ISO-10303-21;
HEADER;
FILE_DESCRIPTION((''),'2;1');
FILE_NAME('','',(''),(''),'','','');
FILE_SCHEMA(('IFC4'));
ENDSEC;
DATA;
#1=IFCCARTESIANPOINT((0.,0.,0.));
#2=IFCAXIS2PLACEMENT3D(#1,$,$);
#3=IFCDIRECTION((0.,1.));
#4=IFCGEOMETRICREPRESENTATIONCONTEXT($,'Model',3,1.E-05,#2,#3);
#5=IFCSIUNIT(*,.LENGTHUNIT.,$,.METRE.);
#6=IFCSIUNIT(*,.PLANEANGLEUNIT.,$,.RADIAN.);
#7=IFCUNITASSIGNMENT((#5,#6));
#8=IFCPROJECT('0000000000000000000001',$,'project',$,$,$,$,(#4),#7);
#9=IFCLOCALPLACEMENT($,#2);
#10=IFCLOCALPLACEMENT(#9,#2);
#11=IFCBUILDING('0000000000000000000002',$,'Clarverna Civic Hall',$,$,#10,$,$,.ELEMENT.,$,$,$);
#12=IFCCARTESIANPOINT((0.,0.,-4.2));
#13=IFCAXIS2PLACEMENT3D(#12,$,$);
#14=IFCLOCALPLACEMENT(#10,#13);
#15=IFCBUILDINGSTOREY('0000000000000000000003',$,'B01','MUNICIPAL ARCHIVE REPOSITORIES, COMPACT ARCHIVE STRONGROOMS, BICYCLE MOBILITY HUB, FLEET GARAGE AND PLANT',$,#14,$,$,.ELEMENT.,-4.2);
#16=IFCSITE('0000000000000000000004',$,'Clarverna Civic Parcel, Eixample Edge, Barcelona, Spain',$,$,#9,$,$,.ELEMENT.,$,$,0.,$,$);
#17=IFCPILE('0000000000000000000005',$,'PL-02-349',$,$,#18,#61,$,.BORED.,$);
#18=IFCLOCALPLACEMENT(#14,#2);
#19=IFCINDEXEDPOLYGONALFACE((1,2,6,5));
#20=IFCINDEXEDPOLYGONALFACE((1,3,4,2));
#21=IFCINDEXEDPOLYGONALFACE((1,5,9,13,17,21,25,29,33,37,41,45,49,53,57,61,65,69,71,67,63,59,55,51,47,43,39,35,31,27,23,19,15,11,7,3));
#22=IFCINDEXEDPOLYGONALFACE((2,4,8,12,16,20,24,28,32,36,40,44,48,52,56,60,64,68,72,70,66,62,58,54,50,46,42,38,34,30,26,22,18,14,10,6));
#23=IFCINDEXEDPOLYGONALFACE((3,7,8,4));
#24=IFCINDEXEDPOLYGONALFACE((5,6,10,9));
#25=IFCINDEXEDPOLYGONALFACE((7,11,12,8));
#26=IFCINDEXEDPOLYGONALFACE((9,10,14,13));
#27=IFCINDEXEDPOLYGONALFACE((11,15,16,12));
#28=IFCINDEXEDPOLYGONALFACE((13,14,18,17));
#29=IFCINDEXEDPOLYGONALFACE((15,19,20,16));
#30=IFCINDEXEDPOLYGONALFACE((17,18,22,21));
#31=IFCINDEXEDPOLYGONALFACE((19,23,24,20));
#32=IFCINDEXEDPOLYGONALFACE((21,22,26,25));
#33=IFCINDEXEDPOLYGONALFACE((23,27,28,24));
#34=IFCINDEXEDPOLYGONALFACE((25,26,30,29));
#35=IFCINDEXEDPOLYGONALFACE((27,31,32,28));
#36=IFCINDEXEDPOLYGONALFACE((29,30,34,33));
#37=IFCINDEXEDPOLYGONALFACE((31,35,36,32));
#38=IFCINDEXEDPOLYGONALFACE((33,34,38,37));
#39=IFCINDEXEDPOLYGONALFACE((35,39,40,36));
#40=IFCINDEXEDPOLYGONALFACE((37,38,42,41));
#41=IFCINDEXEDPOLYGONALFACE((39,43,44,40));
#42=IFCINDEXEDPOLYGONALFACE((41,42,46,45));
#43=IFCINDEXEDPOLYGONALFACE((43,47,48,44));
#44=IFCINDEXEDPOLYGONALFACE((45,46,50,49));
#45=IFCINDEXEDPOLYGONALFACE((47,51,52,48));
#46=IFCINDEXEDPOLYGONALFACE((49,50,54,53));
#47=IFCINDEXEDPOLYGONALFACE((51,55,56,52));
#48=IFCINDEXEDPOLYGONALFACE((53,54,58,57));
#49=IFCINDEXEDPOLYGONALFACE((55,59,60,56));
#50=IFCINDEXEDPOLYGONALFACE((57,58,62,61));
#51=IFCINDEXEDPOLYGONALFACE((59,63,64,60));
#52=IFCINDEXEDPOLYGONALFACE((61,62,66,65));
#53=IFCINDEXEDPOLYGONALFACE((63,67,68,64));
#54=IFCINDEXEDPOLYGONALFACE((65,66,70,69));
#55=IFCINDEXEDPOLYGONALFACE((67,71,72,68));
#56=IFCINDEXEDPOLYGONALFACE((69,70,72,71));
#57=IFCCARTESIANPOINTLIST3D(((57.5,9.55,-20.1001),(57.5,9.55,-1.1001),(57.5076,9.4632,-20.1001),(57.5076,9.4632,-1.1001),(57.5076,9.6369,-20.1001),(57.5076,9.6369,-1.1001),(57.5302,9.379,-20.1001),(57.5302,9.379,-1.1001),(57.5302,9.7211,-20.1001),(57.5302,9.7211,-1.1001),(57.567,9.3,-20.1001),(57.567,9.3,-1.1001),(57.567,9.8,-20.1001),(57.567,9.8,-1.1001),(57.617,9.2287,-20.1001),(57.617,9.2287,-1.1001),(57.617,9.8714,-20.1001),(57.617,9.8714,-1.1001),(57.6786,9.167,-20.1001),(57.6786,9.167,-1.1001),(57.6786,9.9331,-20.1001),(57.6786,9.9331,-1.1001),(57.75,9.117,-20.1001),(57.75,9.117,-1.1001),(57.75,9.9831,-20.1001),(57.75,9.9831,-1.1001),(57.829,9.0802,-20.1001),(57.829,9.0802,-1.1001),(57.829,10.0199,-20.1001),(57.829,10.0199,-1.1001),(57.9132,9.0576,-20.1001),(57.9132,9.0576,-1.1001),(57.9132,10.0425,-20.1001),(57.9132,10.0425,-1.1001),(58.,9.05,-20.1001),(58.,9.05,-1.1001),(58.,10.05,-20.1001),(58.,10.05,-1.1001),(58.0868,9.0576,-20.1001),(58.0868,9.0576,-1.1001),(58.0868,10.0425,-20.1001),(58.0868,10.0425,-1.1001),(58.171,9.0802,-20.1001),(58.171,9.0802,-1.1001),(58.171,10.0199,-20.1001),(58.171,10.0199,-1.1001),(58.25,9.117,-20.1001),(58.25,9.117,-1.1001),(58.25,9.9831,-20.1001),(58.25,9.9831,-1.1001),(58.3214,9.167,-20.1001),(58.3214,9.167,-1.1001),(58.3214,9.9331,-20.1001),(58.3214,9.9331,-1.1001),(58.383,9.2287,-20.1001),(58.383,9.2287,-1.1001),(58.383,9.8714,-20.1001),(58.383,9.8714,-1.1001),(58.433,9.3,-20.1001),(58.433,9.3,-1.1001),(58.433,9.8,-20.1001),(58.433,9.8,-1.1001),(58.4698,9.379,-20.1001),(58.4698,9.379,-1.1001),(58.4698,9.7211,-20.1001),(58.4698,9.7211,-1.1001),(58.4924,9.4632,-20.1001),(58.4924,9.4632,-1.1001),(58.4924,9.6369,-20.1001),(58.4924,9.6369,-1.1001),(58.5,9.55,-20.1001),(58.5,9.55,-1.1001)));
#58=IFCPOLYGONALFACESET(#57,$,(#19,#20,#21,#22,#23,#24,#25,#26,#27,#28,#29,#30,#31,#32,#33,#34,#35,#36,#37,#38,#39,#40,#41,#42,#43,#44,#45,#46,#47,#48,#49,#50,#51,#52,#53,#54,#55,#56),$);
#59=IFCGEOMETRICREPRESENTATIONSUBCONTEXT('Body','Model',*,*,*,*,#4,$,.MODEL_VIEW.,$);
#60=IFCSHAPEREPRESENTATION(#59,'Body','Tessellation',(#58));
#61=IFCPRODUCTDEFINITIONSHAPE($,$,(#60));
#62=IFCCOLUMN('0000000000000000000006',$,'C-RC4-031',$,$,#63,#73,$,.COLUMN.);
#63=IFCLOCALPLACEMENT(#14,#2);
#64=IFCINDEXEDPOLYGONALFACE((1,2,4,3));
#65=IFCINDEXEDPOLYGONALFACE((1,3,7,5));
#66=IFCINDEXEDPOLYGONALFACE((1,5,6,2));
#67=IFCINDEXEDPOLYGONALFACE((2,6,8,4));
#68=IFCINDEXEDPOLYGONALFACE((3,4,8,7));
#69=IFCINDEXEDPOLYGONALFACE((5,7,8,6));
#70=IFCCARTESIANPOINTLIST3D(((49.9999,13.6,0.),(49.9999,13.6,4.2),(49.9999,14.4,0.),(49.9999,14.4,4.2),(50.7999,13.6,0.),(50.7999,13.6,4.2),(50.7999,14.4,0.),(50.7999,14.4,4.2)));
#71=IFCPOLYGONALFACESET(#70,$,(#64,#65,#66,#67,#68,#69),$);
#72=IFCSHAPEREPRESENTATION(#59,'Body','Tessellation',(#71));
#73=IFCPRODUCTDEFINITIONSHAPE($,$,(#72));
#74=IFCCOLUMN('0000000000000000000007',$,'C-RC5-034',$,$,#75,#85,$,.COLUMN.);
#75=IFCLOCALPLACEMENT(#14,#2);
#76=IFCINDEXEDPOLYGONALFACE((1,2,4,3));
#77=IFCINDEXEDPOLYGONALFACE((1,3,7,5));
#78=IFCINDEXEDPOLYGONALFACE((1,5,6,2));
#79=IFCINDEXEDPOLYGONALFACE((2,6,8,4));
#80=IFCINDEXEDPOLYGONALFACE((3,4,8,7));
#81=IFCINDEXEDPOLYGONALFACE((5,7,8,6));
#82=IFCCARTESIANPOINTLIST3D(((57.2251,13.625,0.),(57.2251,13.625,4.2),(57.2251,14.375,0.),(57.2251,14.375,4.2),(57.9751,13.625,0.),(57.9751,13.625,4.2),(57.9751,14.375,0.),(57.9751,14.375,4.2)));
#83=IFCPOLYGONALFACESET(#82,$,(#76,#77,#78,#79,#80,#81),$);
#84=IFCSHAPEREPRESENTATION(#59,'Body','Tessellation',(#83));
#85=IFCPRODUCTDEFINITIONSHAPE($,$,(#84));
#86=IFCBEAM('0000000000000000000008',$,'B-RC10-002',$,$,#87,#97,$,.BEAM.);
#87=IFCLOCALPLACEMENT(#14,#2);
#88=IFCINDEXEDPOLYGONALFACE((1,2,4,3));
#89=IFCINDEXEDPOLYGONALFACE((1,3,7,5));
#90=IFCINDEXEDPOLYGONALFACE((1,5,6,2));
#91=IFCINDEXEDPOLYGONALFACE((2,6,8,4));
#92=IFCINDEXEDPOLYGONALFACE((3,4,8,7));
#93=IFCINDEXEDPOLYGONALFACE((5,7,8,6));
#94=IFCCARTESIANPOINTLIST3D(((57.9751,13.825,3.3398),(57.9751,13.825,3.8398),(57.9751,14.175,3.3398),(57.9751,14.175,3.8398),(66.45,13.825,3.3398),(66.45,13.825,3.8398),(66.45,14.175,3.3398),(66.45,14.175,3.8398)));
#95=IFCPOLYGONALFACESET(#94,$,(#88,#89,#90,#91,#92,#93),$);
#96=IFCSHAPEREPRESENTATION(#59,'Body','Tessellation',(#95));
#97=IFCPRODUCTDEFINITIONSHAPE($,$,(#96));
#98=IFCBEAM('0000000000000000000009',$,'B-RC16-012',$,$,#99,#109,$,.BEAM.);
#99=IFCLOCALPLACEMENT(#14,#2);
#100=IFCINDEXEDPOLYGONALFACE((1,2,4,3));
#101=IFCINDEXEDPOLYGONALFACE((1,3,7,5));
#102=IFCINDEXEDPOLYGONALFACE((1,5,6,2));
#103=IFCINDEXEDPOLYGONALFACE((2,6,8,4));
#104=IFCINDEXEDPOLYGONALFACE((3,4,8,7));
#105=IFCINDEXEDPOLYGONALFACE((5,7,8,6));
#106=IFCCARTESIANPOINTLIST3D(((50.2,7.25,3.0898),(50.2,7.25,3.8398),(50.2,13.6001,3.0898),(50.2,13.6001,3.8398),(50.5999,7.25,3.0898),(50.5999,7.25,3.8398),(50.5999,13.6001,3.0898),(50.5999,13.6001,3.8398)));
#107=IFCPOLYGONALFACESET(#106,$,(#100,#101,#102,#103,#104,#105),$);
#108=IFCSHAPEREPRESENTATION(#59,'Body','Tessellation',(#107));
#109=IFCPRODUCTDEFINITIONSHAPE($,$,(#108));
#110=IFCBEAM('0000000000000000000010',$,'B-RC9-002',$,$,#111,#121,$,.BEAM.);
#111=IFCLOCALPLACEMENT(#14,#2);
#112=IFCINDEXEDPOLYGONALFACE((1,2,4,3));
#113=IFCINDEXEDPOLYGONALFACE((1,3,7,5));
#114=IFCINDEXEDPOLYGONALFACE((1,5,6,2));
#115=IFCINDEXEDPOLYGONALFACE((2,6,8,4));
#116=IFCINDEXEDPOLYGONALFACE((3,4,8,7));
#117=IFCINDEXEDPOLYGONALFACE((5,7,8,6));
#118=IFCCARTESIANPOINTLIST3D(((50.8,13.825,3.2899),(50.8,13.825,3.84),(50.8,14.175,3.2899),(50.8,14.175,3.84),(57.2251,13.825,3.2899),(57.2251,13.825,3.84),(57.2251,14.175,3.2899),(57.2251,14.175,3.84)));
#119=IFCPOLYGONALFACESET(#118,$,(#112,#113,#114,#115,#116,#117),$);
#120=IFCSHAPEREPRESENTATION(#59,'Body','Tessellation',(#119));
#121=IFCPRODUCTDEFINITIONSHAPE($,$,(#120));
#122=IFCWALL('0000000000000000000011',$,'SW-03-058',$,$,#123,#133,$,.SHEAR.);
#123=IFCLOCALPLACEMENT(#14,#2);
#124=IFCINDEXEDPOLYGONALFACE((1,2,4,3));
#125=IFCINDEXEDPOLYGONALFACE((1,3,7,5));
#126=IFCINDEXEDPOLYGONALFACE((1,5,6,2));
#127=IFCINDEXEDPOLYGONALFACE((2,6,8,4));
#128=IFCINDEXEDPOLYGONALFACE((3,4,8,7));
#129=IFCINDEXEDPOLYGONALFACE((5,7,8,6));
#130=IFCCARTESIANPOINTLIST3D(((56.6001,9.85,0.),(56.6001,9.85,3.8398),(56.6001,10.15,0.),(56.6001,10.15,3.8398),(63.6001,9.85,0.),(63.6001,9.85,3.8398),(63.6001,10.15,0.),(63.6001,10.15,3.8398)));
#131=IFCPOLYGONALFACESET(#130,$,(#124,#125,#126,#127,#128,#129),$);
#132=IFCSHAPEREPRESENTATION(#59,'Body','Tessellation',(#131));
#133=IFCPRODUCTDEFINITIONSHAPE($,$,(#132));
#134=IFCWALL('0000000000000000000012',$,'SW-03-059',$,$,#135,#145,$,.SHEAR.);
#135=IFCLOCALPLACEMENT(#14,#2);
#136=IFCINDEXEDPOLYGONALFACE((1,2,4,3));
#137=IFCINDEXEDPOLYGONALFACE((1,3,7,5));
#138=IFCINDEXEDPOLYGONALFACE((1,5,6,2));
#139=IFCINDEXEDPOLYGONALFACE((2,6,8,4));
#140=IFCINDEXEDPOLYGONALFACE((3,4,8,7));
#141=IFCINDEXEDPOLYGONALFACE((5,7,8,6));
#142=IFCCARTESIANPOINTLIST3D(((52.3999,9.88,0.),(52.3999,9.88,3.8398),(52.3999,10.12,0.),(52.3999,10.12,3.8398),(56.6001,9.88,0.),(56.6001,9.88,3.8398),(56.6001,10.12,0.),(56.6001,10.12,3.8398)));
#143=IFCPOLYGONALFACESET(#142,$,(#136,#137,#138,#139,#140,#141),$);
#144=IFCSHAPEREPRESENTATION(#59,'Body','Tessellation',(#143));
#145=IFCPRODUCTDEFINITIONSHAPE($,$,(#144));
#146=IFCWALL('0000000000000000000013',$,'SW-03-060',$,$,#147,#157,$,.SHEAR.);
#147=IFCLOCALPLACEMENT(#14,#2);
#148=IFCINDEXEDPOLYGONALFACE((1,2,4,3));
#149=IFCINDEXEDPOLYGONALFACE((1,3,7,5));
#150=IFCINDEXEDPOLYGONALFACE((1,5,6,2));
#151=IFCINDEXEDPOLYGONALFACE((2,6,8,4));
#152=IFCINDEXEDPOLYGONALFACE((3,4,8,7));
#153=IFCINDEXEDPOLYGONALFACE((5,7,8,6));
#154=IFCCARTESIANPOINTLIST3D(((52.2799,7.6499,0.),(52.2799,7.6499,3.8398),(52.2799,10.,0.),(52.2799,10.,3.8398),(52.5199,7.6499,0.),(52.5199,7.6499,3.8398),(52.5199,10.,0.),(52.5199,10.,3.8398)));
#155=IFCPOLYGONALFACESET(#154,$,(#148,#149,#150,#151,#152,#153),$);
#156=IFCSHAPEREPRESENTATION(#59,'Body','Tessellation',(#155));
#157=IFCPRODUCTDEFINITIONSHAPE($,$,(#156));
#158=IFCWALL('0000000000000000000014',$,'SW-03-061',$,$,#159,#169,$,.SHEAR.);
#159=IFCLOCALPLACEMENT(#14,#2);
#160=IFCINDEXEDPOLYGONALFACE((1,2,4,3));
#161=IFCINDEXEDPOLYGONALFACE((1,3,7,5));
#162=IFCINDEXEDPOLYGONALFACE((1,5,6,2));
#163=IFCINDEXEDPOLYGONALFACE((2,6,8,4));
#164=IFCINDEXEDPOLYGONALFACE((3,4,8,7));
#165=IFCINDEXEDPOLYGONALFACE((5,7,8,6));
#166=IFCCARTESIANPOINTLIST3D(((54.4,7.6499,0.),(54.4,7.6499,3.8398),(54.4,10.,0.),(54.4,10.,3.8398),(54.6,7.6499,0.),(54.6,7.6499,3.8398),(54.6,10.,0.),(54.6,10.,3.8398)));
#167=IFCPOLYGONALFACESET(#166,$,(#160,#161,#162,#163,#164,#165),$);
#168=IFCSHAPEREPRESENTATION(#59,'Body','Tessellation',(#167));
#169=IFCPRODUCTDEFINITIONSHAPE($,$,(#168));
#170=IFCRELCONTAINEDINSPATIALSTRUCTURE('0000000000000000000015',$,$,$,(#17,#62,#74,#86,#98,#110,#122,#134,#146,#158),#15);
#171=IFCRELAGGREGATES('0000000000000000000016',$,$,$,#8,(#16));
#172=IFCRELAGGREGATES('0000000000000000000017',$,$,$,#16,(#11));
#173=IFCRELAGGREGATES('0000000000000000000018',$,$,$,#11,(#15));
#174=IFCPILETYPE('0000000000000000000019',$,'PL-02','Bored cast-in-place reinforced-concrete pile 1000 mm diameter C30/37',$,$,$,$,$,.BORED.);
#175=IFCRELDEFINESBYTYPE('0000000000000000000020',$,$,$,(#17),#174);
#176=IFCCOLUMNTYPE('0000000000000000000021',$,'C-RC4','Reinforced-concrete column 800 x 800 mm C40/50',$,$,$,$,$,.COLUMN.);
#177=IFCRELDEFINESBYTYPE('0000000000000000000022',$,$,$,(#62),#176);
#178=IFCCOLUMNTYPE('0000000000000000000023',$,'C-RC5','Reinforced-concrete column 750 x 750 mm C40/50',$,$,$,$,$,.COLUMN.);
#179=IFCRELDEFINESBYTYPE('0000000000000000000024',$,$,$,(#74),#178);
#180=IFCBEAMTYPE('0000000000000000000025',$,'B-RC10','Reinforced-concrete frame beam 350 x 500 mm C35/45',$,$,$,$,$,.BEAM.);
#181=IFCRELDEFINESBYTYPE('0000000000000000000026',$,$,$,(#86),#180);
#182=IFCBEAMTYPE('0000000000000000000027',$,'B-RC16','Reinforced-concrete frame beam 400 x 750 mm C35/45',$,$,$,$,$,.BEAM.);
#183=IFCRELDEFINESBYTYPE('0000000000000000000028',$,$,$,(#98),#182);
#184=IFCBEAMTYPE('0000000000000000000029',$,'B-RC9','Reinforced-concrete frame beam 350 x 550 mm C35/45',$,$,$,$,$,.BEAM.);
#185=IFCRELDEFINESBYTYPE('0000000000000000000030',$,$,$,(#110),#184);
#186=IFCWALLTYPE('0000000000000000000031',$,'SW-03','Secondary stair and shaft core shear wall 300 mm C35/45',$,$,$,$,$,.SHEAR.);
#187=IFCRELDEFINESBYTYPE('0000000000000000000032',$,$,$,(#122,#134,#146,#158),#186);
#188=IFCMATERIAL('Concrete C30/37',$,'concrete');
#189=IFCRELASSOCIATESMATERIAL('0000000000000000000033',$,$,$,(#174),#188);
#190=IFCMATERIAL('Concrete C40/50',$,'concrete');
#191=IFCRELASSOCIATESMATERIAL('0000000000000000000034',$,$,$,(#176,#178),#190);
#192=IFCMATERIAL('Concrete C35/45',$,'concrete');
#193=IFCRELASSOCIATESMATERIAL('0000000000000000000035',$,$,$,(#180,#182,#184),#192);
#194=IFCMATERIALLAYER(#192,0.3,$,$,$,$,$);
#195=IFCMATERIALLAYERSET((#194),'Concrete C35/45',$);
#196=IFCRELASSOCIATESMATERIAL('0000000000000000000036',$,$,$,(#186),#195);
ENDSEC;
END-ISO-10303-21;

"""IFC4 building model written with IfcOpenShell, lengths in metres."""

from ifc_helpers import new_model, si_unit, direction, frame, frame_2d, origin, origin_2d, place, context, subcontext, project, spatial, rectangle, circle, extrude, material, layer, layer_set, material_profile, profile_set, type_object, element, save


model = new_model("IFC4")

# Units and contexts
model_context = context("Model", 3, precision=1e-05, world=origin(), true_north=direction((0.0, 1.0)))
body_context = subcontext(model_context, "Body", "Model", "MODEL_VIEW")
ifc_project = project(units=[si_unit("LENGTHUNIT", "METRE"), si_unit("PLANEANGLEUNIT", "RADIAN")], contexts=[model_context])

# Site, building, storey
site_placement = place(None, origin())
site = spatial("IfcSite", under=ifc_project, at=site_placement, Name="Clarverna Civic Parcel, Eixample Edge, Barcelona, Spain", CompositionType="ELEMENT", RefElevation=0.0)
building_placement = place(site_placement, origin())
building = spatial("IfcBuilding", under=site, at=building_placement, Name="Clarverna Civic Hall", CompositionType="ELEMENT")
storey_placement = place(building_placement, frame((0.0, 0.0, -4.2)))
storey = spatial("IfcBuildingStorey", under=building, at=storey_placement, Name="B01", Description="MUNICIPAL ARCHIVE REPOSITORIES, COMPACT ARCHIVE STRONGROOMS, BICYCLE MOBILITY HUB, FLEET GARAGE AND PLANT", CompositionType="ELEMENT", Elevation=-4.2)

# Shared definitions
ifc_material_1 = material(Name="Concrete C30/37", Category="concrete")

# Pile
ifc_material_profile_1 = material_profile(ifc_material_1, circle(Radius=0.5, at=origin_2d()), Name="BORED PILE D1000")
ifc_profile_set_1 = profile_set([ifc_material_profile_1], Name="Concrete C30/37")
pile_type_1 = type_object("IfcPileType", Name="PL-02", Description="Bored cast-in-place reinforced-concrete pile 1000 mm diameter C30/37", PredefinedType="BORED", material=ifc_profile_set_1)
for number, where, z_axis, x_axis, name in (
    (1, (58.0, 9.55, -1.1001), (0.0, 0.0, -1.0), (1.0, 0.0, 0.0), "PL-02-349"),
):
    element("IfcPile", number, at=place(storey_placement, frame(where, z_axis=z_axis, x_axis=x_axis)), inside=storey, type_object=pile_type_1, Name=name, PredefinedType="BORED", context=body_context, shape_type="SweptSolid", body=[
        extrude(circle(Radius=0.5, at=origin_2d()), origin(), (0.0, 0.0, 1.0), 19.0),
    ])

# Columns
ifc_material_2 = material(Name="Concrete C40/50", Category="concrete")
ifc_material_profile_2 = material_profile(ifc_material_2, rectangle(XDim=0.8, YDim=0.8, at=origin_2d()), Name="RC 800x800")
ifc_profile_set_2 = profile_set([ifc_material_profile_2], Name="Concrete C40/50")
column_type_1 = type_object("IfcColumnType", Name="C-RC4", Description="Reinforced-concrete column 800 x 800 mm C40/50", PredefinedType="COLUMN", material=ifc_profile_set_2)
column_1_placement = place(storey_placement, frame((50.3999, 14.0, 0.0), z_axis=(0.0, 0.0, 1.0), x_axis=(1.0, 0.0, 0.0)))
element("IfcColumn", 2, at=column_1_placement, inside=storey, type_object=column_type_1, Name="C-RC4-031", PredefinedType="COLUMN", context=body_context, shape_type="SweptSolid", body=[
    extrude(rectangle(XDim=0.8, YDim=0.8, at=origin_2d()), origin(), (0.0, 0.0, 1.0), 4.2),
])
ifc_material_profile_3 = material_profile(ifc_material_2, rectangle(XDim=0.75, YDim=0.75, at=origin_2d()), Name="RC 750x750")
ifc_profile_set_3 = profile_set([ifc_material_profile_3], Name="Concrete C40/50")
column_type_2 = type_object("IfcColumnType", Name="C-RC5", Description="Reinforced-concrete column 750 x 750 mm C40/50", PredefinedType="COLUMN", material=ifc_profile_set_3)
column_2_placement = place(storey_placement, frame((57.6001, 14.0, 0.0), z_axis=(0.0, 0.0, 1.0), x_axis=(1.0, 0.0, 0.0)))
element("IfcColumn", 3, at=column_2_placement, inside=storey, type_object=column_type_2, Name="C-RC5-034", PredefinedType="COLUMN", context=body_context, shape_type="SweptSolid", body=[
    extrude(rectangle(XDim=0.75, YDim=0.75, at=origin_2d()), origin(), (0.0, 0.0, 1.0), 4.2),
])

# Beams
ifc_material_3 = material(Name="Concrete C35/45", Category="concrete")
ifc_material_profile_4 = material_profile(ifc_material_3, rectangle(XDim=0.3501, YDim=0.5, at=origin_2d()), Name="RC 350x500")
ifc_profile_set_4 = profile_set([ifc_material_profile_4], Name="Concrete C35/45")
beam_type_1 = type_object("IfcBeamType", Name="B-RC10", Description="Reinforced-concrete frame beam 350 x 500 mm C35/45", PredefinedType="BEAM", material=ifc_profile_set_4)
beam_1_placement = place(storey_placement, frame((57.9751, 14.0, 3.5898), z_axis=(1.0, 0.0, 0.0), x_axis=(0.0, 1.0, 0.0)))
element("IfcBeam", 4, at=beam_1_placement, inside=storey, type_object=beam_type_1, Name="B-RC10-002", PredefinedType="BEAM", context=body_context, shape_type="SweptSolid", body=[
    extrude(rectangle(XDim=0.3501, YDim=0.5, at=origin_2d()), origin(), (0.0, 0.0, 1.0), 8.4749),
])
ifc_material_profile_5 = material_profile(ifc_material_3, rectangle(XDim=0.3999, YDim=0.75, at=origin_2d()), Name="RC 400x750")
ifc_profile_set_5 = profile_set([ifc_material_profile_5], Name="Concrete C35/45")
beam_type_2 = type_object("IfcBeamType", Name="B-RC16", Description="Reinforced-concrete frame beam 400 x 750 mm C35/45", PredefinedType="BEAM", material=ifc_profile_set_5)
beam_2_placement = place(storey_placement, frame((50.3999, 7.25, 3.4648), z_axis=(0.0, 1.0, 0.0), x_axis=(-1.0, 0.0, 0.0)))
element("IfcBeam", 5, at=beam_2_placement, inside=storey, type_object=beam_type_2, Name="B-RC16-012", PredefinedType="BEAM", context=body_context, shape_type="SweptSolid", body=[
    extrude(rectangle(XDim=0.3999, YDim=0.75, at=origin_2d()), origin(), (0.0, 0.0, 1.0), 6.3501),
])
ifc_material_profile_6 = material_profile(ifc_material_3, rectangle(XDim=0.3501, YDim=0.55, at=origin_2d()), Name="RC 350x550")
ifc_profile_set_6 = profile_set([ifc_material_profile_6], Name="Concrete C35/45")
beam_type_3 = type_object("IfcBeamType", Name="B-RC9", Description="Reinforced-concrete frame beam 350 x 550 mm C35/45", PredefinedType="BEAM", material=ifc_profile_set_6)
beam_3_placement = place(storey_placement, frame((50.8, 14.0, 3.5649), z_axis=(1.0, 0.0, 0.0), x_axis=(0.0, 1.0, 0.0)))
element("IfcBeam", 6, at=beam_3_placement, inside=storey, type_object=beam_type_3, Name="B-RC9-002", PredefinedType="BEAM", context=body_context, shape_type="SweptSolid", body=[
    extrude(rectangle(XDim=0.3501, YDim=0.55, at=origin_2d()), origin(), (0.0, 0.0, 1.0), 6.425),
])

# Walls
ifc_layer = layer(ifc_material_3, 0.3)
ifc_layer_set = layer_set([ifc_layer], Name="Concrete C35/45")
wall_type = type_object("IfcWallType", Name="SW-03", Description="Secondary stair and shaft core shear wall 300 mm C35/45", PredefinedType="SHEAR", material=ifc_layer_set)
wall_1_placement = place(storey_placement, frame((56.6001, 10.0, 0.0), z_axis=(0.0, 0.0, 1.0), x_axis=(1.0, 0.0, 0.0)))
element("IfcWall", 7, at=wall_1_placement, inside=storey, type_object=wall_type, Name="SW-03-058", PredefinedType="SHEAR", context=body_context, shape_type="SweptSolid", body=[
    extrude(rectangle(XDim=7.0, YDim=0.3, at=frame_2d((3.5, 0.0))), origin(), (0.0, 0.0, 1.0), 3.8398),
])
wall_2_placement = place(storey_placement, frame((52.3999, 10.0, 0.0), z_axis=(0.0, 0.0, 1.0), x_axis=(1.0, 0.0, 0.0)))
element("IfcWall", 8, at=wall_2_placement, inside=storey, type_object=wall_type, Name="SW-03-059", PredefinedType="SHEAR", context=body_context, shape_type="SweptSolid", body=[
    extrude(rectangle(XDim=4.2002, YDim=0.24, at=frame_2d((2.1001, 0.0))), origin(), (0.0, 0.0, 1.0), 3.8398),
])
wall_3_placement = place(storey_placement, frame((52.3999, 7.6499, 0.0), z_axis=(0.0, 0.0, 1.0), x_axis=(0.0, 1.0, 0.0)))
element("IfcWall", 9, at=wall_3_placement, inside=storey, type_object=wall_type, Name="SW-03-060", PredefinedType="SHEAR", context=body_context, shape_type="SweptSolid", body=[
    extrude(rectangle(XDim=2.3501, YDim=0.24, at=frame_2d((1.175, 0.0))), origin(), (0.0, 0.0, 1.0), 3.8398),
])
wall_4_placement = place(storey_placement, frame((54.5, 7.6499, 0.0), z_axis=(0.0, 0.0, 1.0), x_axis=(0.0, 1.0, 0.0)))
element("IfcWall", 10, at=wall_4_placement, inside=storey, type_object=wall_type, Name="SW-03-061", PredefinedType="SHEAR", context=body_context, shape_type="SweptSolid", body=[
    extrude(rectangle(XDim=2.3501, YDim=0.2, at=frame_2d((1.175, 0.0))), origin(), (0.0, 0.0, 1.0), 3.8398),
])

save(model, "model.ifc")
